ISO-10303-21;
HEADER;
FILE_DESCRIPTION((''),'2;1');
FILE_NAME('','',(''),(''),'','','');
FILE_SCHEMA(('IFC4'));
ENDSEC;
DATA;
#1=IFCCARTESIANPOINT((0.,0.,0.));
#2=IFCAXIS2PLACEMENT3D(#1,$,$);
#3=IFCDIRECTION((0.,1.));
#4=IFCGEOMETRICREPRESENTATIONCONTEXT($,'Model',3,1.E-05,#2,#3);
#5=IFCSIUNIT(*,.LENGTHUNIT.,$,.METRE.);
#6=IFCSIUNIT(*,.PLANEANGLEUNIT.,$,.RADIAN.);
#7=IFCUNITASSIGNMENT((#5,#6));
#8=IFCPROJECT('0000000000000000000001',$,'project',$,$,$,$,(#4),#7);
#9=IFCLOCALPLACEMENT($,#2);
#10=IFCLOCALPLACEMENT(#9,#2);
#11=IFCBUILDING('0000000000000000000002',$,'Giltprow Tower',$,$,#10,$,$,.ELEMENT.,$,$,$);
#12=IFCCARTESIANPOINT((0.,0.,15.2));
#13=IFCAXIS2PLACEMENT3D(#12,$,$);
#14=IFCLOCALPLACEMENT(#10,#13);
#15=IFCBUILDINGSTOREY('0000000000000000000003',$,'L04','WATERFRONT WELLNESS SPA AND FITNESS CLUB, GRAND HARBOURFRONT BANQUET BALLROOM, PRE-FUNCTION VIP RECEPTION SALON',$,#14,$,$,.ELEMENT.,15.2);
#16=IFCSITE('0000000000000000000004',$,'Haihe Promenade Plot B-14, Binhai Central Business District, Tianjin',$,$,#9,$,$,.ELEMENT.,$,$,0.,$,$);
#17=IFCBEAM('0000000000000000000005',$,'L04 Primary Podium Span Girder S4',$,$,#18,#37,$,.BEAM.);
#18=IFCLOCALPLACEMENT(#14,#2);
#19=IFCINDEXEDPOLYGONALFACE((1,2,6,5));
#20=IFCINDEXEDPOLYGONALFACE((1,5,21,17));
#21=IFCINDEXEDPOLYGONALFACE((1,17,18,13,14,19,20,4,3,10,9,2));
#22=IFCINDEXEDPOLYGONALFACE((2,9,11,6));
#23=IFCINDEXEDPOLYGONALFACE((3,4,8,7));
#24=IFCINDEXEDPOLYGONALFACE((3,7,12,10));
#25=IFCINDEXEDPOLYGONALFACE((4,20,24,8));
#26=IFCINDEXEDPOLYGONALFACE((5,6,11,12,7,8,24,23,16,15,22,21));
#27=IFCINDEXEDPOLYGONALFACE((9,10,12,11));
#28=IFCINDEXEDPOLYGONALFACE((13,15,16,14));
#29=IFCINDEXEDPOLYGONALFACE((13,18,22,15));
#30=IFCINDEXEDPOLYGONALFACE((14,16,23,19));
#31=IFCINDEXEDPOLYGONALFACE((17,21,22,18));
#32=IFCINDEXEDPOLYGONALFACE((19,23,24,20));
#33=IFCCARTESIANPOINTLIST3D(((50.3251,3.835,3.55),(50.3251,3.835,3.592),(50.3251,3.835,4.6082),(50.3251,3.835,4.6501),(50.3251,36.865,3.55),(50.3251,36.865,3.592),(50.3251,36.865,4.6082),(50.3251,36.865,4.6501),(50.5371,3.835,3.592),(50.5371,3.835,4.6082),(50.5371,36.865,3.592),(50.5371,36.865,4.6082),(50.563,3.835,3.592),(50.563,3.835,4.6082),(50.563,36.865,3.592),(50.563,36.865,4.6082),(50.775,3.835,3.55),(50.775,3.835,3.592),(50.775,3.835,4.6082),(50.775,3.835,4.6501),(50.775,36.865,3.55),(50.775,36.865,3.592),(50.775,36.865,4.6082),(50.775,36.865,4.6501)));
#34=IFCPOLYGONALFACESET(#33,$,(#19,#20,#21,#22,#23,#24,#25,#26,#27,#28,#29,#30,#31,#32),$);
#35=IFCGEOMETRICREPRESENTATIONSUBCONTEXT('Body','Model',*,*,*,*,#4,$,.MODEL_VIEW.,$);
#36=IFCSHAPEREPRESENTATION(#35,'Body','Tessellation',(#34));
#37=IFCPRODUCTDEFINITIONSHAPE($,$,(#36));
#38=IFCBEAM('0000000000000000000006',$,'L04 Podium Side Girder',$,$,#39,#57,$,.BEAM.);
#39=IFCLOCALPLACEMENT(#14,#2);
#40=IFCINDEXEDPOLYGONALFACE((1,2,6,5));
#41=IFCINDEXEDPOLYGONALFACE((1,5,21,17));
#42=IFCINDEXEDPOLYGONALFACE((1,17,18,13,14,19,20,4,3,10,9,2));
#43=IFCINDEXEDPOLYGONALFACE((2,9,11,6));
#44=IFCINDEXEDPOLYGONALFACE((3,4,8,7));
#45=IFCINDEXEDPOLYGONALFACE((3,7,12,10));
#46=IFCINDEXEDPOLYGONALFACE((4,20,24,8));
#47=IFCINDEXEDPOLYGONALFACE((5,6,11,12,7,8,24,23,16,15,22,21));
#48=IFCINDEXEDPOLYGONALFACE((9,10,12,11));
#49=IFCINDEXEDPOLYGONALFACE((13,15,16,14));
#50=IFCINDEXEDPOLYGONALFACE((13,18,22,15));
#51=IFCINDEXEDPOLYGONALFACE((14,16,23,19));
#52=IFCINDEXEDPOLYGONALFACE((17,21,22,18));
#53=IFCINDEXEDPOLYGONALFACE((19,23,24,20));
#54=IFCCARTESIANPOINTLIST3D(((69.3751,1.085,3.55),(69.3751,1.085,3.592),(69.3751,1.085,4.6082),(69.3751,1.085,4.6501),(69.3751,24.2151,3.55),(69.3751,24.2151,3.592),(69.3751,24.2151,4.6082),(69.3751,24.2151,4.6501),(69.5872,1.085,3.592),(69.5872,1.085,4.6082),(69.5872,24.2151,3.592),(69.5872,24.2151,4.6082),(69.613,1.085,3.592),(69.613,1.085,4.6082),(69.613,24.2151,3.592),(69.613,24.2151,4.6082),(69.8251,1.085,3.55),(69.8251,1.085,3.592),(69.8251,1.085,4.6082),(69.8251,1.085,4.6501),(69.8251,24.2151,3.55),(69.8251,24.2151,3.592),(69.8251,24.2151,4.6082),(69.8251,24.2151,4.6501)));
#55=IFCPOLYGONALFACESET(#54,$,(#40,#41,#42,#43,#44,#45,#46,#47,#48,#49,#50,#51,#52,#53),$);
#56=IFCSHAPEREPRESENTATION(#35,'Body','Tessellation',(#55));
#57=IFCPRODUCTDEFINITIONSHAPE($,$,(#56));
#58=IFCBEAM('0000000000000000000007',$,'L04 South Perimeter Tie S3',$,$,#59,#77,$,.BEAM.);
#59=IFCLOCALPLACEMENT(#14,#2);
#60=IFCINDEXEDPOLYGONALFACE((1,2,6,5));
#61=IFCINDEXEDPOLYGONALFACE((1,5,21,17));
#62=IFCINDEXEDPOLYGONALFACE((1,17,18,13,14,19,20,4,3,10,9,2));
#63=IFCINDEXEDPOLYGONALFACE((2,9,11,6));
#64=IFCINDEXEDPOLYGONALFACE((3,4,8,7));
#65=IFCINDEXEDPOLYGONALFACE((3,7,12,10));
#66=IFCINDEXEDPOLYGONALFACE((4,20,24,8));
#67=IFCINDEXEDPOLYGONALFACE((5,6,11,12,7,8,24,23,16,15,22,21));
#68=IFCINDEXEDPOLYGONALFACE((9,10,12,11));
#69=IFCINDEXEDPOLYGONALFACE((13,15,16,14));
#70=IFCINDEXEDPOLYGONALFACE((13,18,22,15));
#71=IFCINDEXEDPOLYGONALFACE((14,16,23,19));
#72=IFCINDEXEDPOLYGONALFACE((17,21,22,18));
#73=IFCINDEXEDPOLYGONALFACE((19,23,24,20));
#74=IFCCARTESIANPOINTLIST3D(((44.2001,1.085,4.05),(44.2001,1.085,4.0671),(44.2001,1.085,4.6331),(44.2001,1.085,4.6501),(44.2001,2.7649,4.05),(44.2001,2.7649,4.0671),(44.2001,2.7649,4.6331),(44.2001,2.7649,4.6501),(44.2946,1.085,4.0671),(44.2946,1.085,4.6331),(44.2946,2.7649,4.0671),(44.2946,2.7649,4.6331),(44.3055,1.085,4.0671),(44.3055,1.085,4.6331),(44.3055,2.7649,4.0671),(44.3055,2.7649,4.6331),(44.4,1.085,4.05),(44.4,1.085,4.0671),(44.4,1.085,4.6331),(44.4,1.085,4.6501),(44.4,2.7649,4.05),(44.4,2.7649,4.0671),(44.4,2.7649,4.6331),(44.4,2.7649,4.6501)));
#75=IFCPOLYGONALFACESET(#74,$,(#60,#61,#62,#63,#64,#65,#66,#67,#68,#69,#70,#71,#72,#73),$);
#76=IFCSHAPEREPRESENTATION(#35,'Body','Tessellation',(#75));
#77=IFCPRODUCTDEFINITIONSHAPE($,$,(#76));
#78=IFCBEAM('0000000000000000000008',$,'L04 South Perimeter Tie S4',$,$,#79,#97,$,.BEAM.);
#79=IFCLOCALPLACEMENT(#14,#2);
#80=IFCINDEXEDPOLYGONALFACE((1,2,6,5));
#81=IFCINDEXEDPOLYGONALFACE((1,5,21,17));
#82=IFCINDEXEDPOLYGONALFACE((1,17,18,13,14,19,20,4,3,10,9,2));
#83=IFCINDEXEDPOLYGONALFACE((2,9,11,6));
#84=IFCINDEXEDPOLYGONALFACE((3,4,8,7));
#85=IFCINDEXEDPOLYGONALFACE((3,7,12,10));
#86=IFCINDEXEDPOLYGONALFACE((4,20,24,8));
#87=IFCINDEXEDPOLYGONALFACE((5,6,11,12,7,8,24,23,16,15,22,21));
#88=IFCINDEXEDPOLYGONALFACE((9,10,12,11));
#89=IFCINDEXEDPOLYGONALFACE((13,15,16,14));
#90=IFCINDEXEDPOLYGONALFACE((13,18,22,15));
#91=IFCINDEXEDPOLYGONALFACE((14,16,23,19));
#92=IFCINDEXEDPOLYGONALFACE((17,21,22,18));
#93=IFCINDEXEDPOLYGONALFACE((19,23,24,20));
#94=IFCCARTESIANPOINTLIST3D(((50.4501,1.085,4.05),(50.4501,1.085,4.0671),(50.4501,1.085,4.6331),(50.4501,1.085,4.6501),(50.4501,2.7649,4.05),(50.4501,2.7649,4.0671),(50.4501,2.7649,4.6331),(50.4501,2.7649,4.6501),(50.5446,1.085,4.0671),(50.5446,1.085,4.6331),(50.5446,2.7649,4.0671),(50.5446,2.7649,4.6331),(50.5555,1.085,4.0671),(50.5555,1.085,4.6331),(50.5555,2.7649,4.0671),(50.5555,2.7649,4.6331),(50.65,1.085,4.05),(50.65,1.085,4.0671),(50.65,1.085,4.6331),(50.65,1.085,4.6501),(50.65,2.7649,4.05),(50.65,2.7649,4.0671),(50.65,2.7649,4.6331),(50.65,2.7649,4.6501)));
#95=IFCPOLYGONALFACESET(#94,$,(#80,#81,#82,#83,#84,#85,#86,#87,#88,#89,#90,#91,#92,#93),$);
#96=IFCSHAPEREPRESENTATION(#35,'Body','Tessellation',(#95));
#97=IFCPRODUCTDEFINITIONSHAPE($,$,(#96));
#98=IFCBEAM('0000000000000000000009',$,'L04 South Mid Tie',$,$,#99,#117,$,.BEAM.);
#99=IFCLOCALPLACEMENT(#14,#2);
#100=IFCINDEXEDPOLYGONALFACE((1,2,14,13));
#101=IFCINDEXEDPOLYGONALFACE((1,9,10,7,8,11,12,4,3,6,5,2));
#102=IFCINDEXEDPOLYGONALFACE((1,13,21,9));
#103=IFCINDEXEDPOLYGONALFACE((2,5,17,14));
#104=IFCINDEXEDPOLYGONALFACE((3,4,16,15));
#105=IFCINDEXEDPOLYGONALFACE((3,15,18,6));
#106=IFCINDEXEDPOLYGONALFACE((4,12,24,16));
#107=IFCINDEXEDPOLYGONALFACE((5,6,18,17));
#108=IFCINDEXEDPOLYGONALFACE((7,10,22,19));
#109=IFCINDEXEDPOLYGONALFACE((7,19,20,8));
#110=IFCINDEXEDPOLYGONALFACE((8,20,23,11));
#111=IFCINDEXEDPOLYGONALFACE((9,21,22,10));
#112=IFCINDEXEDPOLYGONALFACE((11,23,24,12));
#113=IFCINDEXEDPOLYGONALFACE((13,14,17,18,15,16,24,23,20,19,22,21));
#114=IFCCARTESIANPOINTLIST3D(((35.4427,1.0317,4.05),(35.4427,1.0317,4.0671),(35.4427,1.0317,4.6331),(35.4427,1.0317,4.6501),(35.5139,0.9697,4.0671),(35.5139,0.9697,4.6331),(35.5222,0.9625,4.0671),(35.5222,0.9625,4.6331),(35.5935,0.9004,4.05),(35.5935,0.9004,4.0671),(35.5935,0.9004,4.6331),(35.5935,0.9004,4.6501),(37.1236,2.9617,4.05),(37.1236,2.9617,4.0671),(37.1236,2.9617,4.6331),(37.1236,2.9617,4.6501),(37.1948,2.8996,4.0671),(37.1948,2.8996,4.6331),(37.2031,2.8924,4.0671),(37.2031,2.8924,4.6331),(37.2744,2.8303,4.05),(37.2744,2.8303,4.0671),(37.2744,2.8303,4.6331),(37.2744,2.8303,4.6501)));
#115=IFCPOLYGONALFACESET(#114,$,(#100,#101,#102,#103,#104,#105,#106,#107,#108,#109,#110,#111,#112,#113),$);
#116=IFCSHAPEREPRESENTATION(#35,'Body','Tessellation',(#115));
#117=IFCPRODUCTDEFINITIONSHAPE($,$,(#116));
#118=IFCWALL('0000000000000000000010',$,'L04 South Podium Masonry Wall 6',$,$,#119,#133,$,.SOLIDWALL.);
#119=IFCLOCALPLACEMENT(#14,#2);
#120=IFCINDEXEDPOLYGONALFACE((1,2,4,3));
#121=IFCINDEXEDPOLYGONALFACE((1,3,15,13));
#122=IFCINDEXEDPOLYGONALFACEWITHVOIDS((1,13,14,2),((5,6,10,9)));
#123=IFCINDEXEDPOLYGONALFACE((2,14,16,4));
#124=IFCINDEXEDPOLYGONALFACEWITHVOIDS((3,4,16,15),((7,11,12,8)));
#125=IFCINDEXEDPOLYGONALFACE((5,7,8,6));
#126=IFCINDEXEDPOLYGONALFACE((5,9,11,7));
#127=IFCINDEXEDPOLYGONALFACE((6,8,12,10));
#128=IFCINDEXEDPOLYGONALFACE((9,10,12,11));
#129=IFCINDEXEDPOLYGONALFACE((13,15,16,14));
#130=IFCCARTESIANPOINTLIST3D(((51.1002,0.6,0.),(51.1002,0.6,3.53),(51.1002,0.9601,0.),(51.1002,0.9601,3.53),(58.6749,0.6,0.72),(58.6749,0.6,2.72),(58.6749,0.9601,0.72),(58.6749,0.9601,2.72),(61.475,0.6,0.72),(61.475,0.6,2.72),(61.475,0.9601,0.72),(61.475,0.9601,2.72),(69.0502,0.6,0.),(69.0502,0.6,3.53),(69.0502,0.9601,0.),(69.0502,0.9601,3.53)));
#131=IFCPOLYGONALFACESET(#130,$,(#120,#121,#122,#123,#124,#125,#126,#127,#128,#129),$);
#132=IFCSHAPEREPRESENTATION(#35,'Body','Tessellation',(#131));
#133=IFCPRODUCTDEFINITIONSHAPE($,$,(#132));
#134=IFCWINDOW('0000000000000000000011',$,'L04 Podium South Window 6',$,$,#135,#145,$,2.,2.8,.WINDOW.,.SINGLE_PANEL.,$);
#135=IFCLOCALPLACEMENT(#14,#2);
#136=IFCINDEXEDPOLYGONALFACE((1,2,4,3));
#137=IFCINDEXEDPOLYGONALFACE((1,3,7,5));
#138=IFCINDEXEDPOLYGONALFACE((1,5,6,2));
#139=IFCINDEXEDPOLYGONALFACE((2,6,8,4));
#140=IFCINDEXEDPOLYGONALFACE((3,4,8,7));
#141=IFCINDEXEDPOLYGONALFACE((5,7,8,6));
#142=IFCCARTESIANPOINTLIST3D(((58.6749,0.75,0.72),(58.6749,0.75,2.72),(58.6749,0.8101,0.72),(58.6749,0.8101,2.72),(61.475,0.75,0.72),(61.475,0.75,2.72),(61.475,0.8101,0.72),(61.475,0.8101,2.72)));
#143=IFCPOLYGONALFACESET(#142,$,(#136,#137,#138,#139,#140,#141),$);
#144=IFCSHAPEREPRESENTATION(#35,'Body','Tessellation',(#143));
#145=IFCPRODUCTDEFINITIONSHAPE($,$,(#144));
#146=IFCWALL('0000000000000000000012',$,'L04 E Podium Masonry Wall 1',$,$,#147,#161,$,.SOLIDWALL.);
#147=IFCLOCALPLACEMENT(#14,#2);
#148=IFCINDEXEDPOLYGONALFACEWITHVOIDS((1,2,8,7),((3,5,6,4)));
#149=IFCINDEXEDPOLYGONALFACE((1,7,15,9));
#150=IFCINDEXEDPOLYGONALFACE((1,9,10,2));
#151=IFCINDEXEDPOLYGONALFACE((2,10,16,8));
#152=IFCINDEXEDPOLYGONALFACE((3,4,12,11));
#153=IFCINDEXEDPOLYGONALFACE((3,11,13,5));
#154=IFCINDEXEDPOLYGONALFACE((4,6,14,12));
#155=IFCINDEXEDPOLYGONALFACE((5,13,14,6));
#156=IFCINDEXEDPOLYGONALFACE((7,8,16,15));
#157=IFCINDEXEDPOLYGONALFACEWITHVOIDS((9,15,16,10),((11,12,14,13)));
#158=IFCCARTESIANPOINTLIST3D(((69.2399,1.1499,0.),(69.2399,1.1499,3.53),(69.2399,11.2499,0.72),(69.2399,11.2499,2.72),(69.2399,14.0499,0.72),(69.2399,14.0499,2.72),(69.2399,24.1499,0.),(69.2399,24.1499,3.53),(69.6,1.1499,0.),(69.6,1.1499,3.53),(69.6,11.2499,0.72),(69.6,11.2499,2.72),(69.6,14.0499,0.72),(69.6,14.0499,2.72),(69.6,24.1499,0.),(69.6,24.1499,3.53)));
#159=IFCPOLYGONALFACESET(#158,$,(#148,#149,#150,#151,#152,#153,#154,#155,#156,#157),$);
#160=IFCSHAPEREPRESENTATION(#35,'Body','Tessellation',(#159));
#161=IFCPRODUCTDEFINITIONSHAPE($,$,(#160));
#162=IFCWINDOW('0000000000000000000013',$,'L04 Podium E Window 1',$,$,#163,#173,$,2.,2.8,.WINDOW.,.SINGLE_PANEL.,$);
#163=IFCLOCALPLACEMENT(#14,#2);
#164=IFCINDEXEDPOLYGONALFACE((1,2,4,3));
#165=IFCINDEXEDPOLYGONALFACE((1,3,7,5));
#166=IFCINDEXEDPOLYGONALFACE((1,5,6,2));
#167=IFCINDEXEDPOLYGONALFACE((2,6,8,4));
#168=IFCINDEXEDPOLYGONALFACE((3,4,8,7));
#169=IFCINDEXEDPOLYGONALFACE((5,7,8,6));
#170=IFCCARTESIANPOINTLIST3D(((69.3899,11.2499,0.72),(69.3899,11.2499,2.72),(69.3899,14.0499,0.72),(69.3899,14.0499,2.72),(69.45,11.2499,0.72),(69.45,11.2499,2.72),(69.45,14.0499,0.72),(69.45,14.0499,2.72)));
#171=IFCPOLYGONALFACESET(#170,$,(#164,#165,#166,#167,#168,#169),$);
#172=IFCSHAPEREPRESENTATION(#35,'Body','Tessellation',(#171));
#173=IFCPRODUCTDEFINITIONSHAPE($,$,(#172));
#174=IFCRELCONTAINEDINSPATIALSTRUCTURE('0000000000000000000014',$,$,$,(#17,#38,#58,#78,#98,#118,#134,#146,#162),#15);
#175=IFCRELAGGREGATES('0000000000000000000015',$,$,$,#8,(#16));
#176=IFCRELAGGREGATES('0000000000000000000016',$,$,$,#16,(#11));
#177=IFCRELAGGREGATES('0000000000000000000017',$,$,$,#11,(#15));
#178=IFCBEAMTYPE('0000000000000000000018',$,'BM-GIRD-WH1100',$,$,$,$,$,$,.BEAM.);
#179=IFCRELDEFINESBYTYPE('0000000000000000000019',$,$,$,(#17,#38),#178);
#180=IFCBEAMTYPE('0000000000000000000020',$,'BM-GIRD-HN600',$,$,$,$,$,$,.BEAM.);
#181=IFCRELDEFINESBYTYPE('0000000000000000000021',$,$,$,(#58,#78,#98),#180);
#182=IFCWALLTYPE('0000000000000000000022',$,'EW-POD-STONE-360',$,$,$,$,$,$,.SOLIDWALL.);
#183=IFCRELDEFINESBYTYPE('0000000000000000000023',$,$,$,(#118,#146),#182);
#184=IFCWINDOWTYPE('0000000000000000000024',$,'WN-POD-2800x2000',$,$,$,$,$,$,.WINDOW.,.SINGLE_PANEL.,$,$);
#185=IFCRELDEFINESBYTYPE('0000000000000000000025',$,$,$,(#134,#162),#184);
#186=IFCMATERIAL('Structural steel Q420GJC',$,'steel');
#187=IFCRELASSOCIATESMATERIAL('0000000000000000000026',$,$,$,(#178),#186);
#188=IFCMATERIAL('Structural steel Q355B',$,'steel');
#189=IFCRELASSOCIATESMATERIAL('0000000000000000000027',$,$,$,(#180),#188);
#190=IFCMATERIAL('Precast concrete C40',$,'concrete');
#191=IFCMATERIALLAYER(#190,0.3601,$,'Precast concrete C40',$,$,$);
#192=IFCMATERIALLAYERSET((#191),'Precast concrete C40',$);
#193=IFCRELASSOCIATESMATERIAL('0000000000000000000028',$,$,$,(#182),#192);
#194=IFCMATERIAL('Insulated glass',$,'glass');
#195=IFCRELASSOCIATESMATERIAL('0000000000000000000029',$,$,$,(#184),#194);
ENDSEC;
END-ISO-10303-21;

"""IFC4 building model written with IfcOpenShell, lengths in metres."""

from ifc_helpers import new_model, si_unit, direction, frame, frame_2d, origin, origin_2d, place, context, subcontext, project, spatial, rectangle, i_section, extrude, source, transform, mapped, material, layer, layer_set, material_profile, profile_set, type_object, element, fill, save


model = new_model("IFC4")

# Units and contexts
model_context = context("Model", 3, precision=1e-05, world=origin(), true_north=direction((0.0, 1.0)))
body_context = subcontext(model_context, "Body", "Model", "MODEL_VIEW")
ifc_project = project(units=[si_unit("LENGTHUNIT", "METRE"), si_unit("PLANEANGLEUNIT", "RADIAN")], contexts=[model_context])

# Site, building, storey
site_placement = place(None, origin())
site = spatial("IfcSite", under=ifc_project, at=site_placement, Name="Haihe Promenade Plot B-14, Binhai Central Business District, Tianjin", CompositionType="ELEMENT", RefElevation=0.0)
building_placement = place(site_placement, origin())
building = spatial("IfcBuilding", under=site, at=building_placement, Name="Giltprow Tower", CompositionType="ELEMENT")
storey_placement = place(building_placement, frame((0.0, 0.0, 15.2)))
storey = spatial("IfcBuildingStorey", under=building, at=storey_placement, Name="L04", Description="WATERFRONT WELLNESS SPA AND FITNESS CLUB, GRAND HARBOURFRONT BANQUET BALLROOM, PRE-FUNCTION VIP RECEPTION SALON", CompositionType="ELEMENT", Elevation=15.2)

# Shared definitions
ifc_material_1 = material(Name="Structural steel Q420GJC", Category="steel")

# Beams
ifc_material_profile_1 = material_profile(ifc_material_1, i_section(OverallWidth=0.45, OverallDepth=1.1001, WebThickness=0.0259, FlangeThickness=0.042, at=origin_2d()), Name="WH 1100x450x26x42")
ifc_profile_set_1 = profile_set([ifc_material_profile_1], Name="Structural steel Q420GJC")
beam_type_1 = type_object("IfcBeamType", Name="BM-GIRD-WH1100", PredefinedType="BEAM", material=ifc_profile_set_1)
shared_shape_1 = source(origin(), body_context, "Body", "SweptSolid", [
    extrude(i_section(OverallWidth=0.45, OverallDepth=1.1001, WebThickness=0.0259, FlangeThickness=0.042, at=origin_2d()), origin(), (0.0, 0.0, 1.0), 33.03),
])
for number, where, z_axis, x_axis, name in (
    (1, (50.55, 3.835, 4.1001), (0.0, 1.0, 0.0), (-1.0, 0.0, 0.0), "L04 Primary Podium Span Girder S4"),
):
    element("IfcBeam", number, at=place(storey_placement, frame(where, z_axis=z_axis, x_axis=x_axis)), inside=storey, type_object=beam_type_1, Name=name, PredefinedType="BEAM", context=body_context, shape_type="MappedRepresentation", body=[
        mapped(shared_shape_1, transform((0.0, 0.0, 0.0), x_axis=(1.0, 0.0, 0.0), y_axis=(0.0, 1.0, 0.0), z_axis=(0.0, 0.0, 1.0), scale=1.0)),
    ])
shared_shape_2 = source(origin(), body_context, "Body", "SweptSolid", [
    extrude(i_section(OverallWidth=0.45, OverallDepth=1.1001, WebThickness=0.0259, FlangeThickness=0.042, at=origin_2d()), origin(), (0.0, 0.0, 1.0), 23.1301),
])
beam_1_placement = place(storey_placement, frame((69.6001, 1.085, 4.1001), z_axis=(0.0, 1.0, 0.0), x_axis=(-1.0, 0.0, 0.0)))
element("IfcBeam", 2, at=beam_1_placement, inside=storey, type_object=beam_type_1, Name="L04 Podium Side Girder", PredefinedType="BEAM", context=body_context, shape_type="MappedRepresentation", body=[
    mapped(shared_shape_2, transform((0.0, 0.0, 0.0), x_axis=(1.0, 0.0, 0.0), y_axis=(0.0, 1.0, 0.0), z_axis=(0.0, 0.0, 1.0), scale=1.0)),
])
ifc_material_2 = material(Name="Structural steel Q355B", Category="steel")
ifc_material_profile_2 = material_profile(ifc_material_2, i_section(OverallWidth=0.2, OverallDepth=0.6001, WebThickness=0.011, FlangeThickness=0.0171, at=origin_2d()), Name="HN 600x200x11x17")
ifc_profile_set_2 = profile_set([ifc_material_profile_2], Name="Structural steel Q355B")
beam_type_2 = type_object("IfcBeamType", Name="BM-GIRD-HN600", PredefinedType="BEAM", material=ifc_profile_set_2)
shared_shape_3 = source(origin(), body_context, "Body", "SweptSolid", [
    extrude(i_section(OverallWidth=0.2, OverallDepth=0.6001, WebThickness=0.011, FlangeThickness=0.0171, at=origin_2d()), origin(), (0.0, 0.0, 1.0), 1.6799),
])
for number, where, z_axis, x_axis, name in (
    (3, (44.3, 1.085, 4.3501), (0.0, 1.0, 0.0), (-1.0, 0.0, 0.0), "L04 South Perimeter Tie S3"),
    (4, (50.55, 1.085, 4.3501), (0.0, 1.0, 0.0), (-1.0, 0.0, 0.0), "L04 South Perimeter Tie S4"),
):
    element("IfcBeam", number, at=place(storey_placement, frame(where, z_axis=z_axis, x_axis=x_axis)), inside=storey, type_object=beam_type_2, Name=name, PredefinedType="BEAM", context=body_context, shape_type="MappedRepresentation", body=[
        mapped(shared_shape_3, transform((0.0, 0.0, 0.0), x_axis=(1.0, 0.0, 0.0), y_axis=(0.0, 1.0, 0.0), z_axis=(0.0, 0.0, 1.0), scale=1.0)),
    ])
shared_shape_4 = source(origin(), body_context, "Body", "SweptSolid", [
    extrude(i_section(OverallWidth=0.2, OverallDepth=0.6001, WebThickness=0.011, FlangeThickness=0.0171, at=origin_2d()), origin(), (0.0, 0.0, 1.0), 2.5593),
])
beam_2_placement = place(storey_placement, frame((35.5181, 0.9661, 4.3501), z_axis=(0.656781, 0.754082, 0.0), x_axis=(-0.754082, 0.656781, 0.0)))
element("IfcBeam", 5, at=beam_2_placement, inside=storey, type_object=beam_type_2, Name="L04 South Mid Tie", PredefinedType="BEAM", context=body_context, shape_type="MappedRepresentation", body=[
    mapped(shared_shape_4, transform((0.0, 0.0, 0.0), x_axis=(1.0, 0.0, 0.0), y_axis=(0.0, 1.0, 0.0), z_axis=(0.0, 0.0, 1.0), scale=1.0)),
])

# Walls, openings, windows
ifc_material_3 = material(Name="Precast concrete C40", Category="concrete")
ifc_layer = layer(ifc_material_3, 0.3601, Name="Precast concrete C40")
ifc_layer_set = layer_set([ifc_layer], Name="Precast concrete C40")
wall_type = type_object("IfcWallType", Name="EW-POD-STONE-360", PredefinedType="SOLIDWALL", material=ifc_layer_set)
wall_1_placement = place(storey_placement, frame((51.1001, 0.78, 0.0), z_axis=(0.0, 0.0, 1.0), x_axis=(1.0, 0.0, 0.0)))
wall_1 = element("IfcWall", 6, at=wall_1_placement, inside=storey, type_object=wall_type, Name="L04 South Podium Masonry Wall 6", PredefinedType="SOLIDWALL", context=body_context, shape_type="SweptSolid", body=[
    extrude(rectangle(XDim=17.95, YDim=0.3601, at=frame_2d((8.9751, 0.0))), origin(), (0.0, 0.0, 1.0), 3.53),
])
opening_1_placement = place(wall_1_placement, frame((7.575, 0.0, 0.72)))
opening_1 = element("IfcOpeningElement", 7, at=opening_1_placement, cuts=wall_1, PredefinedType="OPENING", context=body_context, shape_type="SweptSolid", body=[
    extrude(rectangle(XDim=2.8, YDim=2.0, at=frame_2d((1.3999, 1.0))), frame((0.0, 0.1899, 0.0), z_axis=(0.0, -1.0, 0.0), x_axis=(1.0, 0.0, 0.0)), (0.0, 0.0, 1.0), 0.3801),
])
ifc_material_4 = material(Name="Insulated glass", Category="glass")
window_type = type_object("IfcWindowType", Name="WN-POD-2800x2000", PartitioningType="SINGLE_PANEL", PredefinedType="WINDOW", material=ifc_material_4)
shared_shape_5 = source(origin(), body_context, "Body", "SweptSolid", [
    extrude(rectangle(XDim=2.8, YDim=2.0, at=frame_2d((1.3999, 1.0))), frame((0.0, 0.03, 0.0), z_axis=(0.0, -1.0, 0.0), x_axis=(1.0, 0.0, 0.0)), (0.0, 0.0, 1.0), 0.0601),
])
window_1_placement = place(opening_1_placement, origin())
window_1 = element("IfcWindow", 8, at=window_1_placement, inside=storey, type_object=window_type, Name="L04 Podium South Window 6", OverallHeight=2.0, OverallWidth=2.8, PartitioningType="SINGLE_PANEL", PredefinedType="WINDOW", context=body_context, shape_type="MappedRepresentation", body=[
    mapped(shared_shape_5, transform((0.0, 0.0, 0.0), x_axis=(1.0, 0.0, 0.0), y_axis=(0.0, 1.0, 0.0), z_axis=(0.0, 0.0, 1.0), scale=1.0)),
])
fill(opening_1, window_1)
wall_2_placement = place(storey_placement, frame((69.4199, 1.1499, 0.0), z_axis=(0.0, 0.0, 1.0), x_axis=(0.0, 1.0, 0.0)))
wall_2 = element("IfcWall", 9, at=wall_2_placement, inside=storey, type_object=wall_type, Name="L04 E Podium Masonry Wall 1", PredefinedType="SOLIDWALL", context=body_context, shape_type="SweptSolid", body=[
    extrude(rectangle(XDim=23.0, YDim=0.3601, at=frame_2d((11.5, 0.0))), origin(), (0.0, 0.0, 1.0), 3.53),
])
opening_2_placement = place(wall_2_placement, frame((10.1001, 0.0, 0.72)))
opening_2 = element("IfcOpeningElement", 10, at=opening_2_placement, cuts=wall_2, PredefinedType="OPENING", context=body_context, shape_type="SweptSolid", body=[
    extrude(rectangle(XDim=2.8, YDim=2.0, at=frame_2d((1.3999, 1.0))), frame((0.0, 0.1899, 0.0), z_axis=(0.0, -1.0, 0.0), x_axis=(1.0, 0.0, 0.0)), (0.0, 0.0, 1.0), 0.3801),
])
window_2_placement = place(opening_2_placement, origin())
window_2 = element("IfcWindow", 11, at=window_2_placement, inside=storey, type_object=window_type, Name="L04 Podium E Window 1", OverallHeight=2.0, OverallWidth=2.8, PartitioningType="SINGLE_PANEL", PredefinedType="WINDOW", context=body_context, shape_type="MappedRepresentation", body=[
    mapped(shared_shape_5, transform((0.0, 0.0, 0.0), x_axis=(1.0, 0.0, 0.0), y_axis=(0.0, 1.0, 0.0), z_axis=(0.0, 0.0, 1.0), scale=1.0)),
])
fill(opening_2, window_2)

save(model, "model.ifc")
